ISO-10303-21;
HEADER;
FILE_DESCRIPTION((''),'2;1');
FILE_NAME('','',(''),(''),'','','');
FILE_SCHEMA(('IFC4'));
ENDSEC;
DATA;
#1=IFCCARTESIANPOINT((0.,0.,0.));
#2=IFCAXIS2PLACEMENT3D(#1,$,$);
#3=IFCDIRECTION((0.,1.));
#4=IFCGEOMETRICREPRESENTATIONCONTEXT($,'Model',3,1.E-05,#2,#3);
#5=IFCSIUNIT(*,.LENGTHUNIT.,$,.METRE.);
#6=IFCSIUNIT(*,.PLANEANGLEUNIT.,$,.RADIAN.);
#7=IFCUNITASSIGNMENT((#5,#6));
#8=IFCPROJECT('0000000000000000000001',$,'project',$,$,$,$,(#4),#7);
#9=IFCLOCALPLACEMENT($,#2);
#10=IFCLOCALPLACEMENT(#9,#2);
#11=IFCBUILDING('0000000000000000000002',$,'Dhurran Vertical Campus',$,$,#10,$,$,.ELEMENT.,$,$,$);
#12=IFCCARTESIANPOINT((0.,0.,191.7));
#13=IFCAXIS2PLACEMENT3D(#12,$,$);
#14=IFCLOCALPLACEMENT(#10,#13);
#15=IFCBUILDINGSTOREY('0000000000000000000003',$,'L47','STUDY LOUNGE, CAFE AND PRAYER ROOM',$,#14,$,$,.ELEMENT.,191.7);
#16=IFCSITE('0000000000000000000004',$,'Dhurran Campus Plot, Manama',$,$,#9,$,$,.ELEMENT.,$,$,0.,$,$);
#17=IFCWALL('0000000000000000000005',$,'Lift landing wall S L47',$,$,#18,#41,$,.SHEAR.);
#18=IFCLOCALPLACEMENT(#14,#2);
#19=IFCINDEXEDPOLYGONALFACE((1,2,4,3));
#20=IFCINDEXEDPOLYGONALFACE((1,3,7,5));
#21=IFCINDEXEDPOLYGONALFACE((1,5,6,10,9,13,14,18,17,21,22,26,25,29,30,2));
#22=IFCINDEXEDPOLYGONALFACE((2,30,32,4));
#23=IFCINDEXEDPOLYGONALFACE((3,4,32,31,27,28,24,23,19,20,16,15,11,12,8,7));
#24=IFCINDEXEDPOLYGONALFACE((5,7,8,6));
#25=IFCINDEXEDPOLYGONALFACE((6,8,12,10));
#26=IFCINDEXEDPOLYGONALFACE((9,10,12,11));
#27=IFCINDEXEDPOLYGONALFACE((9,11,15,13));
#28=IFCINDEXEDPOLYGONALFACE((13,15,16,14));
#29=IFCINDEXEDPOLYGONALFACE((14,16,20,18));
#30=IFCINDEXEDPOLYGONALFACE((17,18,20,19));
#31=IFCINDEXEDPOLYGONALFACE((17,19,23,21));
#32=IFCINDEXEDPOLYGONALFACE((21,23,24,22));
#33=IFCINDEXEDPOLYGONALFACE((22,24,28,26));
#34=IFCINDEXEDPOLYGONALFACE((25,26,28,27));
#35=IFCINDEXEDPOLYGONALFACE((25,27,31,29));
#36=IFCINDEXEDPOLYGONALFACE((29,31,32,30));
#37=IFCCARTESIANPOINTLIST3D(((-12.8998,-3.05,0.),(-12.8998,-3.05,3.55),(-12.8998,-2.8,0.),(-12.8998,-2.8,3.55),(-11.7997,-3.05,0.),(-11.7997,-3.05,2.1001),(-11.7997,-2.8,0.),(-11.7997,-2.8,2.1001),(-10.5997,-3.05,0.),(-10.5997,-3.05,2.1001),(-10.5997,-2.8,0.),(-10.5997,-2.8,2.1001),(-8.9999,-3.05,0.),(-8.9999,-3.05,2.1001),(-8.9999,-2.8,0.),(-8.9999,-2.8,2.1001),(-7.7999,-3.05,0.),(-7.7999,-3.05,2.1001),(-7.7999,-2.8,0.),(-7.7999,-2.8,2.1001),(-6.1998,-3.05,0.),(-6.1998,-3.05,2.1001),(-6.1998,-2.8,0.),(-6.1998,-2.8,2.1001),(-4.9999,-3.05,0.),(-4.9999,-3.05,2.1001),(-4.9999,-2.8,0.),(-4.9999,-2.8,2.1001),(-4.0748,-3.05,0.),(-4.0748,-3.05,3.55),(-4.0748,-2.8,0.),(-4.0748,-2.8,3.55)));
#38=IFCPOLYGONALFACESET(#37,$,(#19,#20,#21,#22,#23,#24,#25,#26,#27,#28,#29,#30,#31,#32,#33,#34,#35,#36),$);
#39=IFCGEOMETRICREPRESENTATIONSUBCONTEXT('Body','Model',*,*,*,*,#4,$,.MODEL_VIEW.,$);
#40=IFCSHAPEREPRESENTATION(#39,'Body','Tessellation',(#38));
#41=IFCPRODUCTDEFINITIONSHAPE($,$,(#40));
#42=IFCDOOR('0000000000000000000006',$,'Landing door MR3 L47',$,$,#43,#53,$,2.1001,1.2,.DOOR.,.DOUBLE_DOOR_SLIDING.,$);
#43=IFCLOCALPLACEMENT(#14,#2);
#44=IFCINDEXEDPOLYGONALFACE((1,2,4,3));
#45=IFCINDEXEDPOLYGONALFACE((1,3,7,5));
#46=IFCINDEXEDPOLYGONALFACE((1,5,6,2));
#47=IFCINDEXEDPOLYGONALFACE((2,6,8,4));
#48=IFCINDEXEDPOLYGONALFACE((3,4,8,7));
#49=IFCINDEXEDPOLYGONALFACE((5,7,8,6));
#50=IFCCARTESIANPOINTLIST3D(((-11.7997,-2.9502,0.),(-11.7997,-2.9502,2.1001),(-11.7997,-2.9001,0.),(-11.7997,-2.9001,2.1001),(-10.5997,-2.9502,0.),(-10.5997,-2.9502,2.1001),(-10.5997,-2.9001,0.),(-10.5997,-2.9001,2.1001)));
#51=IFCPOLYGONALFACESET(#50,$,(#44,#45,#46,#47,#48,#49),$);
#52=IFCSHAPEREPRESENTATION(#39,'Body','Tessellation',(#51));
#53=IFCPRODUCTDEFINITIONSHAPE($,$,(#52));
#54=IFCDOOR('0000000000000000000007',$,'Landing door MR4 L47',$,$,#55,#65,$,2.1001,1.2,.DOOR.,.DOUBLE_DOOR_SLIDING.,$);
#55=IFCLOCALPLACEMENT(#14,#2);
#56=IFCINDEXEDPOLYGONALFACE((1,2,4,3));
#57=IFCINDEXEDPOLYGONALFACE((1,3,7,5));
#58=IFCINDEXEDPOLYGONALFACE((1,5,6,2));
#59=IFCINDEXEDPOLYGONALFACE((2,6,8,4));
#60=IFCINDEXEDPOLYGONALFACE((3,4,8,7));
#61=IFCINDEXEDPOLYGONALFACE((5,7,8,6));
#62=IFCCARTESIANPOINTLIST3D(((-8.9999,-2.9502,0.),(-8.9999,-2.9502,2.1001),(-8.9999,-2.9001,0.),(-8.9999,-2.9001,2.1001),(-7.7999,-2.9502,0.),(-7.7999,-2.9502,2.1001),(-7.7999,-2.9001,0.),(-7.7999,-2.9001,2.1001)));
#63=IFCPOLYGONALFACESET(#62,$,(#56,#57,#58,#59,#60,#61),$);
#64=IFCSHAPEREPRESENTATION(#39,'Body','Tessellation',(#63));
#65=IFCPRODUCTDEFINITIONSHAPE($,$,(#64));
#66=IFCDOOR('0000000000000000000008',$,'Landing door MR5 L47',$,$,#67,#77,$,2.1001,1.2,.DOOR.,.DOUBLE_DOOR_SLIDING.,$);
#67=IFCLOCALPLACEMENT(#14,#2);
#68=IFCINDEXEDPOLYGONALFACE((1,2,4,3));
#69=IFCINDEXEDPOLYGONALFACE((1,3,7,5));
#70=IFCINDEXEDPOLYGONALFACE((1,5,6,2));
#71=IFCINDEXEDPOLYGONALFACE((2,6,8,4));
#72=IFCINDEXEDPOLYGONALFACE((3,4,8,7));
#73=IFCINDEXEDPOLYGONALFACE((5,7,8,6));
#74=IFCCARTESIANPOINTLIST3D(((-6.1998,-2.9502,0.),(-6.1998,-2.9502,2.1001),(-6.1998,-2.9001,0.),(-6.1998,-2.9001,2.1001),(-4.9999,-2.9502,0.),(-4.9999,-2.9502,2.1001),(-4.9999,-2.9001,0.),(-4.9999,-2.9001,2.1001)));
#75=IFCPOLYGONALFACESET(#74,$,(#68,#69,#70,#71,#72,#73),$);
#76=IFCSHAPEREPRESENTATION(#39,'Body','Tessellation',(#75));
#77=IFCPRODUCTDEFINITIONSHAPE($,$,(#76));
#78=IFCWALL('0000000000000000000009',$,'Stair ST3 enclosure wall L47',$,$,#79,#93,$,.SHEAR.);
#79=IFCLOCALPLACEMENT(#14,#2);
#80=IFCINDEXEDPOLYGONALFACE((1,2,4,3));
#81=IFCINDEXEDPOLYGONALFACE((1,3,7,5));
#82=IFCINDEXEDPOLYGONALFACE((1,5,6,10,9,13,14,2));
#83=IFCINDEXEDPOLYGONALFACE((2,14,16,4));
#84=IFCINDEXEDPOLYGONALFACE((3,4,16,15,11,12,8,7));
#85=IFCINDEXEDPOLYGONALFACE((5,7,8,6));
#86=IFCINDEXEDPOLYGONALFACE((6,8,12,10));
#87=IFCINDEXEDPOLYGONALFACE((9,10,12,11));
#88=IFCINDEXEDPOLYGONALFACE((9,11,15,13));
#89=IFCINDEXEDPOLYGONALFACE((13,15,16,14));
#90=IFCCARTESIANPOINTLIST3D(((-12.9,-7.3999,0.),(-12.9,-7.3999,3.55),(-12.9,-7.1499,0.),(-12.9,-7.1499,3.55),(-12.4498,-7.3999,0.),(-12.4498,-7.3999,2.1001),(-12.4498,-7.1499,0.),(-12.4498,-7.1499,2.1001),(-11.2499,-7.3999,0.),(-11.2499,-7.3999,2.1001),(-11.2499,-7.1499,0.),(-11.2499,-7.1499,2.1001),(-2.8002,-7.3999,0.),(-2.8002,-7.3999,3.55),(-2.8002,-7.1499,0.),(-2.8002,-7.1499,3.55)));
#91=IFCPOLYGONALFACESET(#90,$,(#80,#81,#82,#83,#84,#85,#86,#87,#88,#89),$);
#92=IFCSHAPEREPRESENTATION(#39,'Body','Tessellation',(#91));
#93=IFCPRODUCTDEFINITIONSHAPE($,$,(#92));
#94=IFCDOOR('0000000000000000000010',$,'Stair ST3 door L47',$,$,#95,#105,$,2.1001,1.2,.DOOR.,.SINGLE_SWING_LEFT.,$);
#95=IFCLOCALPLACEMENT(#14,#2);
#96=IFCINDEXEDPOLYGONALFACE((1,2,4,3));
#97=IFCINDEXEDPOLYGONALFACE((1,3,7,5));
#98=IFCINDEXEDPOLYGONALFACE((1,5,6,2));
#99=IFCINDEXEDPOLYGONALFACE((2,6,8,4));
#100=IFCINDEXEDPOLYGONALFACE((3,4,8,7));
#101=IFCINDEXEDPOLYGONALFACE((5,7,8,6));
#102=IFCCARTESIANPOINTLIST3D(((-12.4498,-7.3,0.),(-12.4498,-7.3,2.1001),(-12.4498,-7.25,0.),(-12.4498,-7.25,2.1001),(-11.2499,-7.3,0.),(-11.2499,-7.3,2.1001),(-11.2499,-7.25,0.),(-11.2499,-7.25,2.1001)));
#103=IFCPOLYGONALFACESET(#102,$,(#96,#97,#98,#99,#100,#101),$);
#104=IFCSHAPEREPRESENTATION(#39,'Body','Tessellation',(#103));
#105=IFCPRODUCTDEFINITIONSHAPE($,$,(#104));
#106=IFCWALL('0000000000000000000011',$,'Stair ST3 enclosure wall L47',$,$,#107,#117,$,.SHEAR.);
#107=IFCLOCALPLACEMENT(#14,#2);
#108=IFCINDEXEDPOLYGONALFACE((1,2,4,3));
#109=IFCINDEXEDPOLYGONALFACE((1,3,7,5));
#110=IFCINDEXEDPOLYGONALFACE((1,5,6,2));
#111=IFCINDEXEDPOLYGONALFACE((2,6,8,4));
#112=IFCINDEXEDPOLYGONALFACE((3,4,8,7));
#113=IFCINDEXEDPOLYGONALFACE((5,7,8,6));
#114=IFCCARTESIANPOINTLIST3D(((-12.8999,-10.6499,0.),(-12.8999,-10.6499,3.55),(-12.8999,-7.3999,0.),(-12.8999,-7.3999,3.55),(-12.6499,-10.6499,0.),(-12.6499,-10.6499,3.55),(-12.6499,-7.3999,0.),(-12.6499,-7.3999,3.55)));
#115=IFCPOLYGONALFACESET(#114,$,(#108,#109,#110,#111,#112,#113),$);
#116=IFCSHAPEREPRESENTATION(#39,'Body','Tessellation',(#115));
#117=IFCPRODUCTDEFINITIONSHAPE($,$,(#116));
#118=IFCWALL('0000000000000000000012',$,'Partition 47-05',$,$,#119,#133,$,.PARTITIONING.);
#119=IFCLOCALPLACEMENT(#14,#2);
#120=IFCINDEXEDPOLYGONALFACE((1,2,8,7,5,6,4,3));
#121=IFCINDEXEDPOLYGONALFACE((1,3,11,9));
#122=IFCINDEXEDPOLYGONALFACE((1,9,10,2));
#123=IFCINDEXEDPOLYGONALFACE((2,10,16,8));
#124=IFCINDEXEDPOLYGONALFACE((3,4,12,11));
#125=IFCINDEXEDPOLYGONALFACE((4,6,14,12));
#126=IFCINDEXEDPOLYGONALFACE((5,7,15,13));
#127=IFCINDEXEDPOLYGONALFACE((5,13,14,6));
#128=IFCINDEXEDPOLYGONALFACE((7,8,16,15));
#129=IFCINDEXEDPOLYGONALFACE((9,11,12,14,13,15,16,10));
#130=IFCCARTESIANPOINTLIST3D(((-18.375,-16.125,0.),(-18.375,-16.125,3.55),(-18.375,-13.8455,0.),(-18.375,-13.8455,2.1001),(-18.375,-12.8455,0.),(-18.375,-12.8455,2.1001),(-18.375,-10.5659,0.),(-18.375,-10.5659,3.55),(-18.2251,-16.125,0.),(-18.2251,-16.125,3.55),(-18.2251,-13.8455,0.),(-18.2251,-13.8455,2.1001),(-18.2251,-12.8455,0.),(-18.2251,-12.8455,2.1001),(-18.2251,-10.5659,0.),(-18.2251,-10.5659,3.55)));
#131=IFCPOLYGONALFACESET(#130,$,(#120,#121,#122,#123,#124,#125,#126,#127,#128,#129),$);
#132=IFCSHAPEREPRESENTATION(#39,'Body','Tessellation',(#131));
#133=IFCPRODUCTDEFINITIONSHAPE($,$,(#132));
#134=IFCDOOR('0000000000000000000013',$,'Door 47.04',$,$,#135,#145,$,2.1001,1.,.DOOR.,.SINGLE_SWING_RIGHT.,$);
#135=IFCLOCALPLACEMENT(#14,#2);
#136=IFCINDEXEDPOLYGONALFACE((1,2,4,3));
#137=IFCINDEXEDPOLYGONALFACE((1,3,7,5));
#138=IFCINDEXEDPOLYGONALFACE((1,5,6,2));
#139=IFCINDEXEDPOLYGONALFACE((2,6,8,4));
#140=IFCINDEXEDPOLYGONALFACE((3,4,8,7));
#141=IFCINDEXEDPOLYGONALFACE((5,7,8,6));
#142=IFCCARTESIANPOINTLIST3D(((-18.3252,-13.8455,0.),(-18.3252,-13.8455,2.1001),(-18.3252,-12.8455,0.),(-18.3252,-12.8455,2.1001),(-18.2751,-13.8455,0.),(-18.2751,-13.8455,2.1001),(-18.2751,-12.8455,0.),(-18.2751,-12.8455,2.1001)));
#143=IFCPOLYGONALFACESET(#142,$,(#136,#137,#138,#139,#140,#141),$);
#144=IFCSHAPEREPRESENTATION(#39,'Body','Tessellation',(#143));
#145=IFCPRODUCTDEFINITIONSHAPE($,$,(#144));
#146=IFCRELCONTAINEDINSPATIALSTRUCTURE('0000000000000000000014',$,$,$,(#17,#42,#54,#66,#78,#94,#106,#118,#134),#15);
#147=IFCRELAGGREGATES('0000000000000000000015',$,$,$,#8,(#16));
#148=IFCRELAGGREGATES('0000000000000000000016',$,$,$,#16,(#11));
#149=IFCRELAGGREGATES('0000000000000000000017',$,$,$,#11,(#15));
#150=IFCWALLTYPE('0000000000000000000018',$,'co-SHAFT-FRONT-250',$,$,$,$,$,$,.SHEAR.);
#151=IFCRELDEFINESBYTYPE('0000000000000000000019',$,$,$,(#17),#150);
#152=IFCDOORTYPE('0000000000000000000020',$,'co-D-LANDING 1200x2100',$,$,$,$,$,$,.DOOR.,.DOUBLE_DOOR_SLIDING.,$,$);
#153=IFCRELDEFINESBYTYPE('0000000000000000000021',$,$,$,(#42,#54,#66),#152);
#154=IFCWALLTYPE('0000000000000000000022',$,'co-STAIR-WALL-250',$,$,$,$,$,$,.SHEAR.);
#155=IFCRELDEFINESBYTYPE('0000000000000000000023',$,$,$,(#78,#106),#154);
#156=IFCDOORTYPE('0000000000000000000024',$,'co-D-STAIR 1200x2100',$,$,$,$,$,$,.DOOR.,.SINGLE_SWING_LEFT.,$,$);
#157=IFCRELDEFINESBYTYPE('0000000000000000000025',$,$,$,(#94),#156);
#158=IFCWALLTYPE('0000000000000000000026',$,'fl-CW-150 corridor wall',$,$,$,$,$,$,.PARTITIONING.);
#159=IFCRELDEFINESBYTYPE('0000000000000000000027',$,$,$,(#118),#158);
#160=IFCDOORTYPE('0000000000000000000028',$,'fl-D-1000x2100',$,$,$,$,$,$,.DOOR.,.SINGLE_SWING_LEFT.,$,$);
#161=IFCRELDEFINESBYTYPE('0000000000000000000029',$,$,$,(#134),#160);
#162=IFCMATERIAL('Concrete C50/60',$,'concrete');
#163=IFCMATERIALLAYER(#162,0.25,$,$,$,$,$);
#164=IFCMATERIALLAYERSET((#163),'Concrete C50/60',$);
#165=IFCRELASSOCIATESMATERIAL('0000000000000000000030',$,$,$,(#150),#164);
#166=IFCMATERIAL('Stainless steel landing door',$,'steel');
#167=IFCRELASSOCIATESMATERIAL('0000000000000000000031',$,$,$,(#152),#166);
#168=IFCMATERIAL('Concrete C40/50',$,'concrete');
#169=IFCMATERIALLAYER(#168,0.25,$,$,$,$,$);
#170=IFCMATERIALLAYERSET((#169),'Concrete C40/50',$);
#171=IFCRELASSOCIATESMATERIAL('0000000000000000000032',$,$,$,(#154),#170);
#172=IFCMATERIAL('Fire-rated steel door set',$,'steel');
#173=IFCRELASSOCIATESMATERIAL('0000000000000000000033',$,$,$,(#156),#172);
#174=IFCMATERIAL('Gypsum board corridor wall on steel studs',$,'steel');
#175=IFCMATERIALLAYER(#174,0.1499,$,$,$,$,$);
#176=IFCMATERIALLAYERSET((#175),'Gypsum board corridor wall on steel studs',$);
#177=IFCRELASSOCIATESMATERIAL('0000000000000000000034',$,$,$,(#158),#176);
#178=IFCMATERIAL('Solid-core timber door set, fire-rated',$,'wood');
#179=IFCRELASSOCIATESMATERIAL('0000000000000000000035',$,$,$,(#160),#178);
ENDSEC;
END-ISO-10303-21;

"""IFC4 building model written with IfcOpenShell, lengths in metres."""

from ifc_helpers import new_model, si_unit, direction, frame, frame_2d, origin, place, context, subcontext, project, spatial, rectangle, extrude, material, layer, layer_set, type_object, element, fill, save


model = new_model("IFC4")

# Units and contexts
model_context = context("Model", 3, precision=1e-05, world=origin(), true_north=direction((0.0, 1.0)))
body_context = subcontext(model_context, "Body", "Model", "MODEL_VIEW")
ifc_project = project(units=[si_unit("LENGTHUNIT", "METRE"), si_unit("PLANEANGLEUNIT", "RADIAN")], contexts=[model_context])

# Site, building, storey
site_placement = place(None, origin())
site = spatial("IfcSite", under=ifc_project, at=site_placement, Name="Dhurran Campus Plot, Manama", CompositionType="ELEMENT", RefElevation=0.0)
building_placement = place(site_placement, origin())
building = spatial("IfcBuilding", under=site, at=building_placement, Name="Dhurran Vertical Campus", CompositionType="ELEMENT")
storey_placement = place(building_placement, frame((0.0, 0.0, 191.7)))
storey = spatial("IfcBuildingStorey", under=building, at=storey_placement, Name="L47", Description="STUDY LOUNGE, CAFE AND PRAYER ROOM", CompositionType="ELEMENT", Elevation=191.7)

# Wall, openings, doors
ifc_material_1 = material(Name="Concrete C50/60", Category="concrete")
ifc_layer_1 = layer(ifc_material_1, 0.25)
ifc_layer_set_1 = layer_set([ifc_layer_1], Name="Concrete C50/60")
wall_type_1 = type_object("IfcWallType", Name="co-SHAFT-FRONT-250", PredefinedType="SHEAR", material=ifc_layer_set_1)
wall_1_placement = place(storey_placement, frame((-12.8999, -2.925, 0.0), z_axis=(0.0, 0.0, 1.0), x_axis=(1.0, 0.0, 0.0)))
wall_1 = element("IfcWall", 1, at=wall_1_placement, inside=storey, type_object=wall_type_1, Name="Lift landing wall S L47", PredefinedType="SHEAR", context=body_context, shape_type="SweptSolid", body=[
    extrude(rectangle(XDim=8.825, YDim=0.25, at=frame_2d((4.4126, 0.0))), origin(), (0.0, 0.0, 1.0), 3.55),
])
opening_1_placement = place(wall_1_placement, frame((1.1001, 0.0, 0.0)))
opening_1 = element("IfcOpeningElement", 2, at=opening_1_placement, cuts=wall_1, PredefinedType="OPENING", context=body_context, shape_type="SweptSolid", body=[
    extrude(rectangle(XDim=1.2, YDim=2.1001, at=frame_2d((0.6001, 1.05))), frame((0.0, 0.135, 0.0), z_axis=(0.0, -1.0, 0.0), x_axis=(1.0, 0.0, 0.0)), (0.0, 0.0, 1.0), 0.27),
])
opening_2_placement = place(wall_1_placement, frame((3.8999, 0.0, 0.0)))
opening_2 = element("IfcOpeningElement", 3, at=opening_2_placement, cuts=wall_1, PredefinedType="OPENING", context=body_context, shape_type="SweptSolid", body=[
    extrude(rectangle(XDim=1.2, YDim=2.1001, at=frame_2d((0.6001, 1.05))), frame((0.0, 0.135, 0.0), z_axis=(0.0, -1.0, 0.0), x_axis=(1.0, 0.0, 0.0)), (0.0, 0.0, 1.0), 0.27),
])
opening_3_placement = place(wall_1_placement, frame((6.7, 0.0, 0.0)))
opening_3 = element("IfcOpeningElement", 4, at=opening_3_placement, cuts=wall_1, PredefinedType="OPENING", context=body_context, shape_type="SweptSolid", body=[
    extrude(rectangle(XDim=1.2, YDim=2.1001, at=frame_2d((0.6001, 1.05))), frame((0.0, 0.135, 0.0), z_axis=(0.0, -1.0, 0.0), x_axis=(1.0, 0.0, 0.0)), (0.0, 0.0, 1.0), 0.27),
])
ifc_material_2 = material(Name="Stainless steel landing door", Category="steel")
door_type_1 = type_object("IfcDoorType", Name="co-D-LANDING 1200x2100", OperationType="DOUBLE_DOOR_SLIDING", PredefinedType="DOOR", material=ifc_material_2)
door_1_placement = place(opening_1_placement, origin())
door_1 = element("IfcDoor", 5, at=door_1_placement, inside=storey, type_object=door_type_1, Name="Landing door MR3 L47", OperationType="DOUBLE_DOOR_SLIDING", OverallHeight=2.1001, OverallWidth=1.2, PredefinedType="DOOR", context=body_context, shape_type="SweptSolid", body=[
    extrude(rectangle(XDim=1.2, YDim=2.1001, at=frame_2d((0.6001, 1.05))), frame((0.0, 0.0249, 0.0), z_axis=(0.0, -1.0, 0.0), x_axis=(1.0, 0.0, 0.0)), (0.0, 0.0, 1.0), 0.05),
])
fill(opening_1, door_1)
door_2_placement = place(opening_2_placement, origin())
door_2 = element("IfcDoor", 6, at=door_2_placement, inside=storey, type_object=door_type_1, Name="Landing door MR4 L47", OperationType="DOUBLE_DOOR_SLIDING", OverallHeight=2.1001, OverallWidth=1.2, PredefinedType="DOOR", context=body_context, shape_type="SweptSolid", body=[
    extrude(rectangle(XDim=1.2, YDim=2.1001, at=frame_2d((0.6001, 1.05))), frame((0.0, 0.0249, 0.0), z_axis=(0.0, -1.0, 0.0), x_axis=(1.0, 0.0, 0.0)), (0.0, 0.0, 1.0), 0.05),
])
fill(opening_2, door_2)
door_3_placement = place(opening_3_placement, origin())
door_3 = element("IfcDoor", 7, at=door_3_placement, inside=storey, type_object=door_type_1, Name="Landing door MR5 L47", OperationType="DOUBLE_DOOR_SLIDING", OverallHeight=2.1001, OverallWidth=1.2, PredefinedType="DOOR", context=body_context, shape_type="SweptSolid", body=[
    extrude(rectangle(XDim=1.2, YDim=2.1001, at=frame_2d((0.6001, 1.05))), frame((0.0, 0.0249, 0.0), z_axis=(0.0, -1.0, 0.0), x_axis=(1.0, 0.0, 0.0)), (0.0, 0.0, 1.0), 0.05),
])
fill(opening_3, door_3)

# Wall, opening, door
ifc_material_3 = material(Name="Concrete C40/50", Category="concrete")
ifc_layer_2 = layer(ifc_material_3, 0.25)
ifc_layer_set_2 = layer_set([ifc_layer_2], Name="Concrete C40/50")
wall_type_2 = type_object("IfcWallType", Name="co-STAIR-WALL-250", PredefinedType="SHEAR", material=ifc_layer_set_2)
wall_2_placement = place(storey_placement, frame((-12.8999, -7.2749, 0.0), z_axis=(0.0, 0.0, 1.0), x_axis=(1.0, 0.0, 0.0)))
wall_2 = element("IfcWall", 8, at=wall_2_placement, inside=storey, type_object=wall_type_2, Name="Stair ST3 enclosure wall L47", PredefinedType="SHEAR", context=body_context, shape_type="SweptSolid", body=[
    extrude(rectangle(XDim=10.0999, YDim=0.25, at=frame_2d((5.0498, 0.0))), origin(), (0.0, 0.0, 1.0), 3.55),
])
opening_4_placement = place(wall_2_placement, frame((0.45, 0.0, 0.0)))
opening_4 = element("IfcOpeningElement", 9, at=opening_4_placement, cuts=wall_2, PredefinedType="OPENING", context=body_context, shape_type="SweptSolid", body=[
    extrude(rectangle(XDim=1.2, YDim=2.1001, at=frame_2d((0.6001, 1.05))), frame((0.0, 0.135, 0.0), z_axis=(0.0, -1.0, 0.0), x_axis=(1.0, 0.0, 0.0)), (0.0, 0.0, 1.0), 0.27),
])
ifc_material_4 = material(Name="Fire-rated steel door set", Category="steel")
door_type_2 = type_object("IfcDoorType", Name="co-D-STAIR 1200x2100", OperationType="SINGLE_SWING_LEFT", PredefinedType="DOOR", material=ifc_material_4)
door_4_placement = place(opening_4_placement, origin())
door_4 = element("IfcDoor", 10, at=door_4_placement, inside=storey, type_object=door_type_2, Name="Stair ST3 door L47", OperationType="SINGLE_SWING_LEFT", OverallHeight=2.1001, OverallWidth=1.2, PredefinedType="DOOR", context=body_context, shape_type="SweptSolid", body=[
    extrude(rectangle(XDim=1.2, YDim=2.1001, at=frame_2d((0.6001, 1.05))), frame((0.0, 0.0249, 0.0), z_axis=(0.0, -1.0, 0.0), x_axis=(1.0, 0.0, 0.0)), (0.0, 0.0, 1.0), 0.05),
])
fill(opening_4, door_4)

# Wall
wall_3_placement = place(storey_placement, frame((-12.7749, -10.6499, 0.0), z_axis=(0.0, 0.0, 1.0), x_axis=(0.0, 1.0, 0.0)))
element("IfcWall", 11, at=wall_3_placement, inside=storey, type_object=wall_type_2, Name="Stair ST3 enclosure wall L47", PredefinedType="SHEAR", context=body_context, shape_type="SweptSolid", body=[
    extrude(rectangle(XDim=3.25, YDim=0.25, at=frame_2d((1.625, 0.0))), origin(), (0.0, 0.0, 1.0), 3.55),
])

# Wall, opening, door
ifc_material_5 = material(Name="Gypsum board corridor wall on steel studs", Category="steel")
ifc_layer_3 = layer(ifc_material_5, 0.1499)
ifc_layer_set_3 = layer_set([ifc_layer_3], Name="Gypsum board corridor wall on steel studs")
wall_type_3 = type_object("IfcWallType", Name="fl-CW-150 corridor wall", PredefinedType="PARTITIONING", material=ifc_layer_set_3)
wall_4_placement = place(storey_placement, frame((-18.3, -10.5659, 0.0), z_axis=(0.0, 0.0, 1.0), x_axis=(0.0, -1.0, 0.0)))
wall_4 = element("IfcWall", 12, at=wall_4_placement, inside=storey, type_object=wall_type_3, Name="Partition 47-05", PredefinedType="PARTITIONING", context=body_context, shape_type="SweptSolid", body=[
    extrude(rectangle(XDim=5.5591, YDim=0.1499, at=frame_2d((2.7795, 0.0))), origin(), (0.0, 0.0, 1.0), 3.55),
])
opening_5_placement = place(wall_4_placement, frame((2.2795, 0.0, 0.0)))
opening_5 = element("IfcOpeningElement", 13, at=opening_5_placement, cuts=wall_4, PredefinedType="OPENING", context=body_context, shape_type="SweptSolid", body=[
    extrude(rectangle(XDim=1.0, YDim=2.1001, at=frame_2d((0.5, 1.05))), frame((0.0, 0.085, 0.0), z_axis=(0.0, -1.0, 0.0), x_axis=(1.0, 0.0, 0.0)), (0.0, 0.0, 1.0), 0.1699),
])
ifc_material_6 = material(Name="Solid-core timber door set, fire-rated", Category="wood")
door_type_3 = type_object("IfcDoorType", Name="fl-D-1000x2100", OperationType="SINGLE_SWING_LEFT", PredefinedType="DOOR", material=ifc_material_6)
door_5_placement = place(opening_5_placement, origin())
door_5 = element("IfcDoor", 14, at=door_5_placement, inside=storey, type_object=door_type_3, Name="Door 47.04", OperationType="SINGLE_SWING_RIGHT", OverallHeight=2.1001, OverallWidth=1.0, PredefinedType="DOOR", context=body_context, shape_type="SweptSolid", body=[
    extrude(rectangle(XDim=1.0, YDim=2.1001, at=frame_2d((0.5, 1.05))), frame((0.0, 0.0249, 0.0), z_axis=(0.0, -1.0, 0.0), x_axis=(1.0, 0.0, 0.0)), (0.0, 0.0, 1.0), 0.05),
])
fill(opening_5, door_5)

save(model, "model.ifc")
